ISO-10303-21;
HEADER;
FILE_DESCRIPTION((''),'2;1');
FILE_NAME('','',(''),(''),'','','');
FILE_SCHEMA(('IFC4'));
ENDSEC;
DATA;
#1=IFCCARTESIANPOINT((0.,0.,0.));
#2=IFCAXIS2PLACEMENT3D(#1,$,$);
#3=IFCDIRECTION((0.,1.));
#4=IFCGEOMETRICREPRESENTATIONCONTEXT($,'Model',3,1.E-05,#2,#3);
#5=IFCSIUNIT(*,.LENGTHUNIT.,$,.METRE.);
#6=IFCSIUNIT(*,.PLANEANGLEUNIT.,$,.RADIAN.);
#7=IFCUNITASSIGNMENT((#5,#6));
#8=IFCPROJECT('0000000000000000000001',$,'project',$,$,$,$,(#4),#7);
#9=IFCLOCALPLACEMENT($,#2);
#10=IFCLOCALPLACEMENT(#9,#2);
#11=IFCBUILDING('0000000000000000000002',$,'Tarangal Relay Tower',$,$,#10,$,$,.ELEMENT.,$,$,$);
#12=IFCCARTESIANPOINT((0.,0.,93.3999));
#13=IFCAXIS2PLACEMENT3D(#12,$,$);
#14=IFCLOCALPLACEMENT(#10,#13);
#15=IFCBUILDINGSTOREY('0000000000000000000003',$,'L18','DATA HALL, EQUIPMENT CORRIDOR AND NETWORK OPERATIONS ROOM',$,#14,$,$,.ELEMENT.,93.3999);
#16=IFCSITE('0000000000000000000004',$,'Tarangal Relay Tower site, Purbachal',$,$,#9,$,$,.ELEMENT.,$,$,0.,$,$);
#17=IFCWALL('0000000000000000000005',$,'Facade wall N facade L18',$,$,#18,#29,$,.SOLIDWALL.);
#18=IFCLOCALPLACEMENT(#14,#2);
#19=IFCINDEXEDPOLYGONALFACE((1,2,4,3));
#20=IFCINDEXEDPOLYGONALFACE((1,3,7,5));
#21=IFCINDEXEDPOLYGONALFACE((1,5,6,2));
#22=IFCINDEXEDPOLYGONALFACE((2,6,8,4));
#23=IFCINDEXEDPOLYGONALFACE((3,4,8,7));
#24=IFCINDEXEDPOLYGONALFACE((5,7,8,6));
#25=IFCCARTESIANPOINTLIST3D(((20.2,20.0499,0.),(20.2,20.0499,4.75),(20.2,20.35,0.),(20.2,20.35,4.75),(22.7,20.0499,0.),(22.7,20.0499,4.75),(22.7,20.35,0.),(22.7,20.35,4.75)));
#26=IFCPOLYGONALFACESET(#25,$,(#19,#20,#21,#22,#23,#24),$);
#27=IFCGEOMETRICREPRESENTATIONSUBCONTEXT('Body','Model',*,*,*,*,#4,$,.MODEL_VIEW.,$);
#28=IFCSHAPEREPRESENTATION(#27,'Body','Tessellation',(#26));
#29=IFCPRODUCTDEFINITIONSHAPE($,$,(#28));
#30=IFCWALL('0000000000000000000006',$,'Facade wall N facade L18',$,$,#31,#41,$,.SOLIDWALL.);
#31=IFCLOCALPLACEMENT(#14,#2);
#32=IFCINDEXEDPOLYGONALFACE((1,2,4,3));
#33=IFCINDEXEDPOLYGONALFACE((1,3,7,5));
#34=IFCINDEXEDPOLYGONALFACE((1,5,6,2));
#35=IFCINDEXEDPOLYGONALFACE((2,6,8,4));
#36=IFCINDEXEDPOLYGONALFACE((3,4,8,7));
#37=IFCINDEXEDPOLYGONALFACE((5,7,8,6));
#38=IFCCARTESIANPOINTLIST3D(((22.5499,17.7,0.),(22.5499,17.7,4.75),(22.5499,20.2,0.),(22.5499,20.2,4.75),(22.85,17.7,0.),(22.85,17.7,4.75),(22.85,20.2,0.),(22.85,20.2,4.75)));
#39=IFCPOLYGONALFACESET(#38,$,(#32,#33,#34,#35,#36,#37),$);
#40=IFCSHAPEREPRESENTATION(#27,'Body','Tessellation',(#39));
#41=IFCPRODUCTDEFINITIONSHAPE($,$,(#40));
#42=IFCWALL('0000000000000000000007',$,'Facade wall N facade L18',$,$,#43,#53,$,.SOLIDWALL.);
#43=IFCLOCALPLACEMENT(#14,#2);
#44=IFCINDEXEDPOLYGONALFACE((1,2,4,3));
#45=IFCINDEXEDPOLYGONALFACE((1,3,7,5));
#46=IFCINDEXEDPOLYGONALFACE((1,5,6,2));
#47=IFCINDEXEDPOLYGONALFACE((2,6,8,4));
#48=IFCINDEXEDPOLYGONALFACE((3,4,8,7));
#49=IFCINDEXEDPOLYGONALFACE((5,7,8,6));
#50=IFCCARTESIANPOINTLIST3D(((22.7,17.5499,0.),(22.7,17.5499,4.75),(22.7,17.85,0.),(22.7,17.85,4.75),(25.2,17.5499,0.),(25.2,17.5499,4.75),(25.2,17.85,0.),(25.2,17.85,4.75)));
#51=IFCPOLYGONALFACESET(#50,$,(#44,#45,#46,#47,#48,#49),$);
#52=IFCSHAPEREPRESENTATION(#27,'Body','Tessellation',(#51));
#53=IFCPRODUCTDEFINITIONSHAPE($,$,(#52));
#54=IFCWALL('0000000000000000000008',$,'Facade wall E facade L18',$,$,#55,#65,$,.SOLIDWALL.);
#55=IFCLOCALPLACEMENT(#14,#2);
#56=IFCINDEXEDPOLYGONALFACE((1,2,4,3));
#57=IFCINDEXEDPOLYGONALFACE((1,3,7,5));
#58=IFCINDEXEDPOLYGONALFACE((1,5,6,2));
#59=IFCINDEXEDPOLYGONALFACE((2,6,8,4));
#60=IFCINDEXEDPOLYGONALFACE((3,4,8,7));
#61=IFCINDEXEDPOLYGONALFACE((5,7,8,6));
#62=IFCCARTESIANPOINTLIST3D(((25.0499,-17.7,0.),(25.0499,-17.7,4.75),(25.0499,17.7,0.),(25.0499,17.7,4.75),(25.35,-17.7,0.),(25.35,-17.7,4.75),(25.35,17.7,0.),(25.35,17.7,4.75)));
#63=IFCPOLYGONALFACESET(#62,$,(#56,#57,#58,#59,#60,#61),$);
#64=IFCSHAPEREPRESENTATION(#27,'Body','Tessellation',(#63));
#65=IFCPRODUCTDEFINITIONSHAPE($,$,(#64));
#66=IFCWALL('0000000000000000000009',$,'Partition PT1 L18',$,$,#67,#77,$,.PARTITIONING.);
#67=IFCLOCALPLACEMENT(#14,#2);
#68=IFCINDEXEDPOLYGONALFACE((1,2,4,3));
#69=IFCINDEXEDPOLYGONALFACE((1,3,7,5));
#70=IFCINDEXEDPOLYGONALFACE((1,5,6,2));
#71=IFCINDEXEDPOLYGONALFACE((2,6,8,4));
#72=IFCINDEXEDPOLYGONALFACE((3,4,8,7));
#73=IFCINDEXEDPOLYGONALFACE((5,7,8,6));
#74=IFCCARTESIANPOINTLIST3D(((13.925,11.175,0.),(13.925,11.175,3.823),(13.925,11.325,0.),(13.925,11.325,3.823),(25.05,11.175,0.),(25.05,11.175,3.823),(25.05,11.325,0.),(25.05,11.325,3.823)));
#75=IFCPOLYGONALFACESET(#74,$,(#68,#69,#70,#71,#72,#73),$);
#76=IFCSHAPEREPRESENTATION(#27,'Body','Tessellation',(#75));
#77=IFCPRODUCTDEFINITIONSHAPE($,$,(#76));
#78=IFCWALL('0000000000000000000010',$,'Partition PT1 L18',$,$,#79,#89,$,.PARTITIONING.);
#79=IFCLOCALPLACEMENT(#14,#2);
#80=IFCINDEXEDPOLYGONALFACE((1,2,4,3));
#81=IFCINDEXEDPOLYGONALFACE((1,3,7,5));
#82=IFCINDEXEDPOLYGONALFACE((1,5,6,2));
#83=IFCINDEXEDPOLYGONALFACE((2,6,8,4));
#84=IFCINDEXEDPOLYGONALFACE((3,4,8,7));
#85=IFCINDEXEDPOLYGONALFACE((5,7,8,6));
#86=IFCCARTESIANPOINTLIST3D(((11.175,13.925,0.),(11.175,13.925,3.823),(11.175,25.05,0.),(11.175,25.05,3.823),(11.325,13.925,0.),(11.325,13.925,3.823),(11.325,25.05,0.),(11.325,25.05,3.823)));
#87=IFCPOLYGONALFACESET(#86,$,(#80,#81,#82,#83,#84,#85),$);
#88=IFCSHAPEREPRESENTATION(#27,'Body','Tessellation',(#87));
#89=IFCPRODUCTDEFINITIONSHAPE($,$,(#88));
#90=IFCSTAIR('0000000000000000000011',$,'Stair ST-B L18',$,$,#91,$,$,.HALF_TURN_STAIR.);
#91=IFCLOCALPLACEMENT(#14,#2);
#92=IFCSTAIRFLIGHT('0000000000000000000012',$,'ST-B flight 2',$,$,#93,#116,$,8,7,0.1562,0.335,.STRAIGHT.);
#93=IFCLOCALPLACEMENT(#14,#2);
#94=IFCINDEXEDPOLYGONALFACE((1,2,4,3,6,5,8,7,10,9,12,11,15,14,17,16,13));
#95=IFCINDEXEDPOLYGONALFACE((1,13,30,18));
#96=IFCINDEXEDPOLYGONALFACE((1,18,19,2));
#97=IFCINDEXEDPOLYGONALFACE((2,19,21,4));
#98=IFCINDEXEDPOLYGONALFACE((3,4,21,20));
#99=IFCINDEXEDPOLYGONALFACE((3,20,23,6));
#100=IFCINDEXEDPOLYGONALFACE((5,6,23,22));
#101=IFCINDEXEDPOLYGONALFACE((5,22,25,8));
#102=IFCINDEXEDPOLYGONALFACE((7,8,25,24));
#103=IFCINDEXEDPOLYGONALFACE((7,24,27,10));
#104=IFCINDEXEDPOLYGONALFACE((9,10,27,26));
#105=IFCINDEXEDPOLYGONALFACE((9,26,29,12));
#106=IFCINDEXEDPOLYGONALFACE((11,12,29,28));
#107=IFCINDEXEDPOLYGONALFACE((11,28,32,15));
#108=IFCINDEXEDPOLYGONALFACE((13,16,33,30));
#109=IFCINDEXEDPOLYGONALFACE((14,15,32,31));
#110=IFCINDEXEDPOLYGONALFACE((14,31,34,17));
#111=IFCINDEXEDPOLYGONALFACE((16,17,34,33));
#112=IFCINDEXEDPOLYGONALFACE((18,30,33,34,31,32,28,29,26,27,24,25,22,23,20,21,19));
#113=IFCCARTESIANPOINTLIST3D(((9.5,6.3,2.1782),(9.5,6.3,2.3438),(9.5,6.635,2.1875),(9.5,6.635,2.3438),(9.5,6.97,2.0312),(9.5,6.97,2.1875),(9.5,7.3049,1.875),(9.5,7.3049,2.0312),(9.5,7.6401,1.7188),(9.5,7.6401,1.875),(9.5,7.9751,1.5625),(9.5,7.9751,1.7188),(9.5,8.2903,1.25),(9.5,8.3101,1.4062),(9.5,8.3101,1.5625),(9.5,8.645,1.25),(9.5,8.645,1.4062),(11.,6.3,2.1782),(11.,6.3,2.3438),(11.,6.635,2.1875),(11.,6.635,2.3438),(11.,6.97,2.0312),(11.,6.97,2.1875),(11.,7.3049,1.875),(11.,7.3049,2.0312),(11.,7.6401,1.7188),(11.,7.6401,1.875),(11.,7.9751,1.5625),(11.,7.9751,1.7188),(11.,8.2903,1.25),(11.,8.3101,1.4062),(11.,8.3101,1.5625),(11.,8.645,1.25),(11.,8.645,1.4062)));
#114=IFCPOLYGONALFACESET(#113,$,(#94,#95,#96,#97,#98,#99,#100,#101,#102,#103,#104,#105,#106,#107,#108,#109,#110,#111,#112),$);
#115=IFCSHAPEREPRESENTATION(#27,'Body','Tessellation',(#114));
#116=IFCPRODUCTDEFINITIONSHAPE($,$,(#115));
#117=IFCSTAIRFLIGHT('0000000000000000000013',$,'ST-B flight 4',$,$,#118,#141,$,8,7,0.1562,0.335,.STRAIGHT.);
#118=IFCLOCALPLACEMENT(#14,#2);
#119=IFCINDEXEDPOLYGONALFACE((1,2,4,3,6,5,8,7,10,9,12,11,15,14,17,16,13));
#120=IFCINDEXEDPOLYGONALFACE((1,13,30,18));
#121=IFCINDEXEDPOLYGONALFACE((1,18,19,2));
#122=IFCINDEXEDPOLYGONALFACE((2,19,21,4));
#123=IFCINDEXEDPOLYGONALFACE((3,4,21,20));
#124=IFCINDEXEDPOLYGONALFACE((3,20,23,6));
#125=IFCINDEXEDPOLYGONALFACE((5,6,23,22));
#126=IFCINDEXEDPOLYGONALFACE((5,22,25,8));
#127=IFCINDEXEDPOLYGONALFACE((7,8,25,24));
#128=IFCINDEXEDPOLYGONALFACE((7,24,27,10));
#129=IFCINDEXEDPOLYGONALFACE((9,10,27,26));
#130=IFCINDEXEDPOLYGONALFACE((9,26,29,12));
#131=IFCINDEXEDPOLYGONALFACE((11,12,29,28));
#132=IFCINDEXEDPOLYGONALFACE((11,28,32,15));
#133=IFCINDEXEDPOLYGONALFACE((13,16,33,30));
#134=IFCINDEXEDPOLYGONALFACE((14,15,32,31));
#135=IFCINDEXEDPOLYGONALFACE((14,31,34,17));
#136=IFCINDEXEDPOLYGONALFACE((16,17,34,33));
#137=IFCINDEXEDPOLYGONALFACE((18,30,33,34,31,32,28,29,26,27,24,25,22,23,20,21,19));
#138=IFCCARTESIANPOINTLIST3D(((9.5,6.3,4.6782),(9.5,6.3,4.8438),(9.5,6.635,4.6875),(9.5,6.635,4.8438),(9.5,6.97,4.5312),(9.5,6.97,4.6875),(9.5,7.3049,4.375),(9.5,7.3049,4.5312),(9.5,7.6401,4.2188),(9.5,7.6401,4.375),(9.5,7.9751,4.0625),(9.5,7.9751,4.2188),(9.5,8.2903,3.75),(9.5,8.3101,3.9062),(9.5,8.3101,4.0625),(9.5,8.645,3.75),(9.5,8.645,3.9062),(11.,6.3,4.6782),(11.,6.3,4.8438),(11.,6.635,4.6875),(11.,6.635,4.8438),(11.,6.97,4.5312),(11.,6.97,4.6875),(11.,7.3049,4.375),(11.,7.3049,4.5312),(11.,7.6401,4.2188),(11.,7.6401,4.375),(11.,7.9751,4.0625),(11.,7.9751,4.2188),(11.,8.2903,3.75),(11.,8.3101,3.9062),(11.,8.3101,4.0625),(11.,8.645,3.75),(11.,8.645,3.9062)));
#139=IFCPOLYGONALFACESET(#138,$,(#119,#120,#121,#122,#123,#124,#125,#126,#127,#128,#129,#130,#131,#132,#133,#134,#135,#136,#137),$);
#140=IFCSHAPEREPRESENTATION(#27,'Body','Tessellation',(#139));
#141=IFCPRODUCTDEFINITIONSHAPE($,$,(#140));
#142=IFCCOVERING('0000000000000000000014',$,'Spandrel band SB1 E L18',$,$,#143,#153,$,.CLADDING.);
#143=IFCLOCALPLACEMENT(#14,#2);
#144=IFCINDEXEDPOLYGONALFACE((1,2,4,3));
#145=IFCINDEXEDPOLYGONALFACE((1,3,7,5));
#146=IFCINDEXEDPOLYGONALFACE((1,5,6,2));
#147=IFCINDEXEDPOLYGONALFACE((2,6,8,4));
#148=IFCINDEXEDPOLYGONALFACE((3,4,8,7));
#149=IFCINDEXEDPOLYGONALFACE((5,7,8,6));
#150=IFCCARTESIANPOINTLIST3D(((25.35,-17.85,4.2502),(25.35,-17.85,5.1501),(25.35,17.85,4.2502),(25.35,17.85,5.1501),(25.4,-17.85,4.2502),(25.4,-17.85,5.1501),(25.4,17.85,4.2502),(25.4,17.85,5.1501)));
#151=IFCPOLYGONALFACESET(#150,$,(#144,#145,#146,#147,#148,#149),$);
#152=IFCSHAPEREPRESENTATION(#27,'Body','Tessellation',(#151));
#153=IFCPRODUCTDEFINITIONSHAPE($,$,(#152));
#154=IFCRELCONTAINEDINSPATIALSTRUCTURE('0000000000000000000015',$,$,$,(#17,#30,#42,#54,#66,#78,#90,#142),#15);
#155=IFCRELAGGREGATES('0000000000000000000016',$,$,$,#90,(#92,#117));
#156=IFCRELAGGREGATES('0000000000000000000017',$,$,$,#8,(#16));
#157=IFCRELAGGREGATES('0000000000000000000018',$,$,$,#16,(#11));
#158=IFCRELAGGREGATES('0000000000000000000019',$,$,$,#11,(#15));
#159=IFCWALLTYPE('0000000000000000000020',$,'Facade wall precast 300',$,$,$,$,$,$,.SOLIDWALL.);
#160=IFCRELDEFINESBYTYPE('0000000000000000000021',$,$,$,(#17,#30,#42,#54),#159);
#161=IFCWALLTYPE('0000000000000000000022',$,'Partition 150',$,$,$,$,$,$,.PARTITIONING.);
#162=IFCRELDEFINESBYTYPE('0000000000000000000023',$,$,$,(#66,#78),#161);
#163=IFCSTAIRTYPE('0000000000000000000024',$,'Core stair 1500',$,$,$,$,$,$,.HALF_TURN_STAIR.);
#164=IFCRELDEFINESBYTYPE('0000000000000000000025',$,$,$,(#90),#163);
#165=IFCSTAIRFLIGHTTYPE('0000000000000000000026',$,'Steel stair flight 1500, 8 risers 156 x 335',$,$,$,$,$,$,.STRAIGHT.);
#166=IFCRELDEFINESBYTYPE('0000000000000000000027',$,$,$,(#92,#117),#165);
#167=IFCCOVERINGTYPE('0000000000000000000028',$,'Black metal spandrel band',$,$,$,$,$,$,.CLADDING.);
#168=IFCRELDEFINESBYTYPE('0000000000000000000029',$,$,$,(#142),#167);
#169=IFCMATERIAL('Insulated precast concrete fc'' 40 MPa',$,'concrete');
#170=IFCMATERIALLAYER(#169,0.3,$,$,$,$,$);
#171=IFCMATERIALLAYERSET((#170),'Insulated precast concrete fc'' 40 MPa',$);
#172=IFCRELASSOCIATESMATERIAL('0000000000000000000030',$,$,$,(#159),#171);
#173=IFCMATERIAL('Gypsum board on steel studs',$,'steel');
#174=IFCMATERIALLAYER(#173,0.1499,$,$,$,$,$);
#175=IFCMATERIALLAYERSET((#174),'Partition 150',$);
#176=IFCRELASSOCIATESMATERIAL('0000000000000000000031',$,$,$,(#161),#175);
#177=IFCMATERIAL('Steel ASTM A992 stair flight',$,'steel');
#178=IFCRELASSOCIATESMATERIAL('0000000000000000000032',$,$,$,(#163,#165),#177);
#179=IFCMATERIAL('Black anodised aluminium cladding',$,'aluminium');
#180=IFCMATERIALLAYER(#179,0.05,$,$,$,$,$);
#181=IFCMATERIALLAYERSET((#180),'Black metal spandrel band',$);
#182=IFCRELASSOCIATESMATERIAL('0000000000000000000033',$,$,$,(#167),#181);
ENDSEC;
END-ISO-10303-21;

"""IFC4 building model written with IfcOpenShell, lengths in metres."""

from ifc_helpers import new_model, si_unit, direction, frame, frame_2d, origin, origin_2d, place, context, subcontext, project, spatial, polyline, rectangle, outline, extrude, material, layer, layer_set, type_object, element, aggregate, save


model = new_model("IFC4")

# Units and contexts
model_context = context("Model", 3, precision=1e-05, world=origin(), true_north=direction((0.0, 1.0)))
body_context = subcontext(model_context, "Body", "Model", "MODEL_VIEW")
ifc_project = project(units=[si_unit("LENGTHUNIT", "METRE"), si_unit("PLANEANGLEUNIT", "RADIAN")], contexts=[model_context])

# Site, building, storey
site_placement = place(None, origin())
site = spatial("IfcSite", under=ifc_project, at=site_placement, Name="Tarangal Relay Tower site, Purbachal", CompositionType="ELEMENT", RefElevation=0.0)
building_placement = place(site_placement, origin())
building = spatial("IfcBuilding", under=site, at=building_placement, Name="Tarangal Relay Tower", CompositionType="ELEMENT")
storey_placement = place(building_placement, frame((0.0, 0.0, 93.3999)))
storey = spatial("IfcBuildingStorey", under=building, at=storey_placement, Name="L18", Description="DATA HALL, EQUIPMENT CORRIDOR AND NETWORK OPERATIONS ROOM", CompositionType="ELEMENT", Elevation=93.3999)

# Shared definitions
ifc_material_1 = material(Name="Insulated precast concrete fc' 40 MPa", Category="concrete")
ifc_layer_1 = layer(ifc_material_1, 0.3)
ifc_layer_set_1 = layer_set([ifc_layer_1], Name="Insulated precast concrete fc' 40 MPa")
wall_type_1 = type_object("IfcWallType", Name="Facade wall precast 300", PredefinedType="SOLIDWALL", material=ifc_layer_set_1)

# Walls
for number, where, z_axis, x_axis, name in (
    (1, (20.2, 20.2, 0.0), (0.0, 0.0, 1.0), (1.0, 0.0, 0.0), "Facade wall N facade L18"),
    (2, (22.7, 20.2, 0.0), (0.0, 0.0, 1.0), (0.0, -1.0, 0.0), "Facade wall N facade L18"),
    (3, (22.7, 17.7, 0.0), (0.0, 0.0, 1.0), (1.0, 0.0, 0.0), "Facade wall N facade L18"),
):
    element("IfcWall", number, at=place(storey_placement, frame(where, z_axis=z_axis, x_axis=x_axis)), inside=storey, type_object=wall_type_1, Name=name, PredefinedType="SOLIDWALL", context=body_context, shape_type="SweptSolid", body=[
        extrude(rectangle(XDim=2.5, YDim=0.3, at=frame_2d((1.25, 0.0))), origin(), (0.0, 0.0, 1.0), 4.75),
    ])
wall_1_placement = place(storey_placement, frame((25.2, 17.7, 0.0), z_axis=(0.0, 0.0, 1.0), x_axis=(0.0, -1.0, 0.0)))
element("IfcWall", 4, at=wall_1_placement, inside=storey, type_object=wall_type_1, Name="Facade wall E facade L18", PredefinedType="SOLIDWALL", context=body_context, shape_type="SweptSolid", body=[
    extrude(rectangle(XDim=35.3999, YDim=0.3, at=frame_2d((17.7, 0.0))), origin(), (0.0, 0.0, 1.0), 4.75),
])
ifc_material_2 = material(Name="Gypsum board on steel studs", Category="steel")
ifc_layer_2 = layer(ifc_material_2, 0.1499)
ifc_layer_set_2 = layer_set([ifc_layer_2], Name="Partition 150")
wall_type_2 = type_object("IfcWallType", Name="Partition 150", PredefinedType="PARTITIONING", material=ifc_layer_set_2)
for number, where, z_axis, x_axis, name in (
    (5, (13.925, 11.25, 0.0), (0.0, 0.0, 1.0), (1.0, 0.0, 0.0), "Partition PT1 L18"),
    (6, (11.25, 13.925, 0.0), (0.0, 0.0, 1.0), (0.0, 1.0, 0.0), "Partition PT1 L18"),
):
    element("IfcWall", number, at=place(storey_placement, frame(where, z_axis=z_axis, x_axis=x_axis)), inside=storey, type_object=wall_type_2, Name=name, PredefinedType="PARTITIONING", context=body_context, shape_type="SweptSolid", body=[
        extrude(rectangle(XDim=11.125, YDim=0.1499, at=frame_2d((5.5625, 0.0))), origin(), (0.0, 0.0, 1.0), 3.823),
    ])

# Stair, stair flights
ifc_material_3 = material(Name="Steel ASTM A992 stair flight", Category="steel")
stair_type = type_object("IfcStairType", Name="Core stair 1500", PredefinedType="HALF_TURN_STAIR", material=ifc_material_3)
stair_placement = place(storey_placement, origin())
stair = element("IfcStair", 7, at=stair_placement, inside=storey, type_object=stair_type, Name="Stair ST-B L18", PredefinedType="HALF_TURN_STAIR")
stair_flight_type = type_object("IfcStairFlightType", Name="Steel stair flight 1500, 8 risers 156 x 335", PredefinedType="STRAIGHT", material=ifc_material_3)
stair_flight_1_placement = place(storey_placement, frame((10.25, 8.645, 1.25), z_axis=(0.0, 0.0, 1.0), x_axis=(0.0, -1.0, 0.0)))
stair_flight_1 = element("IfcStairFlight", 8, at=stair_flight_1_placement, type_object=stair_flight_type, Name="ST-B flight 2", NumberOfRisers=8, NumberOfTreads=7, PredefinedType="STRAIGHT", RiserHeight=0.1562, TreadLength=0.335, context=body_context, shape_type="SweptSolid", body=[
    extrude(outline(polyline([(0.0, 0.0), (0.0, 0.1562), (0.335, 0.1562), (0.335, 0.3125), (0.6699, 0.3125), (0.6699, 0.4688), (1.0049, 0.4688), (1.0049, 0.625), (1.3401, 0.625), (1.3401, 0.7812), (1.675, 0.7812), (1.675, 0.9375), (2.01, 0.9375), (2.01, 1.0938), (2.345, 1.0938), (2.345, 1.25), (2.345, 0.9282), (0.3547, 0.0), (0.0, 0.0)])), frame((0.0, 0.75, 0.0), z_axis=(0.0, -1.0, 0.0), x_axis=(1.0, 0.0, 0.0)), (0.0, 0.0, 1.0), 1.5),
])
stair_flight_2_placement = place(storey_placement, frame((10.25, 8.645, 3.75), z_axis=(0.0, 0.0, 1.0), x_axis=(0.0, -1.0, 0.0)))
stair_flight_2 = element("IfcStairFlight", 9, at=stair_flight_2_placement, type_object=stair_flight_type, Name="ST-B flight 4", NumberOfRisers=8, NumberOfTreads=7, PredefinedType="STRAIGHT", RiserHeight=0.1562, TreadLength=0.335, context=body_context, shape_type="SweptSolid", body=[
    extrude(outline(polyline([(0.0, 0.0), (0.0, 0.1562), (0.335, 0.1562), (0.335, 0.3125), (0.6699, 0.3125), (0.6699, 0.4688), (1.0049, 0.4688), (1.0049, 0.625), (1.3401, 0.625), (1.3401, 0.7812), (1.675, 0.7812), (1.675, 0.9375), (2.01, 0.9375), (2.01, 1.0938), (2.345, 1.0938), (2.345, 1.25), (2.345, 0.9282), (0.3547, 0.0), (0.0, 0.0)])), frame((0.0, 0.75, 0.0), z_axis=(0.0, -1.0, 0.0), x_axis=(1.0, 0.0, 0.0)), (0.0, 0.0, 1.0), 1.5),
])
aggregate(stair, [stair_flight_1, stair_flight_2])

# Covering
ifc_material_4 = material(Name="Black anodised aluminium cladding", Category="aluminium")
ifc_layer_3 = layer(ifc_material_4, 0.05)
ifc_layer_set_3 = layer_set([ifc_layer_3], Name="Black metal spandrel band")
covering_type = type_object("IfcCoveringType", Name="Black metal spandrel band", PredefinedType="CLADDING", material=ifc_layer_set_3)
covering_placement = place(storey_placement, frame((25.375, 0.0, 4.2502), z_axis=(0.0, 0.0, 1.0), x_axis=(0.0, -1.0, 0.0)))
element("IfcCovering", 10, at=covering_placement, inside=storey, type_object=covering_type, Name="Spandrel band SB1 E L18", PredefinedType="CLADDING", context=body_context, shape_type="SweptSolid", body=[
    extrude(rectangle(XDim=35.7, YDim=0.05, at=origin_2d()), origin(), (0.0, 0.0, 1.0), 0.8999),
])

save(model, "model.ifc")
